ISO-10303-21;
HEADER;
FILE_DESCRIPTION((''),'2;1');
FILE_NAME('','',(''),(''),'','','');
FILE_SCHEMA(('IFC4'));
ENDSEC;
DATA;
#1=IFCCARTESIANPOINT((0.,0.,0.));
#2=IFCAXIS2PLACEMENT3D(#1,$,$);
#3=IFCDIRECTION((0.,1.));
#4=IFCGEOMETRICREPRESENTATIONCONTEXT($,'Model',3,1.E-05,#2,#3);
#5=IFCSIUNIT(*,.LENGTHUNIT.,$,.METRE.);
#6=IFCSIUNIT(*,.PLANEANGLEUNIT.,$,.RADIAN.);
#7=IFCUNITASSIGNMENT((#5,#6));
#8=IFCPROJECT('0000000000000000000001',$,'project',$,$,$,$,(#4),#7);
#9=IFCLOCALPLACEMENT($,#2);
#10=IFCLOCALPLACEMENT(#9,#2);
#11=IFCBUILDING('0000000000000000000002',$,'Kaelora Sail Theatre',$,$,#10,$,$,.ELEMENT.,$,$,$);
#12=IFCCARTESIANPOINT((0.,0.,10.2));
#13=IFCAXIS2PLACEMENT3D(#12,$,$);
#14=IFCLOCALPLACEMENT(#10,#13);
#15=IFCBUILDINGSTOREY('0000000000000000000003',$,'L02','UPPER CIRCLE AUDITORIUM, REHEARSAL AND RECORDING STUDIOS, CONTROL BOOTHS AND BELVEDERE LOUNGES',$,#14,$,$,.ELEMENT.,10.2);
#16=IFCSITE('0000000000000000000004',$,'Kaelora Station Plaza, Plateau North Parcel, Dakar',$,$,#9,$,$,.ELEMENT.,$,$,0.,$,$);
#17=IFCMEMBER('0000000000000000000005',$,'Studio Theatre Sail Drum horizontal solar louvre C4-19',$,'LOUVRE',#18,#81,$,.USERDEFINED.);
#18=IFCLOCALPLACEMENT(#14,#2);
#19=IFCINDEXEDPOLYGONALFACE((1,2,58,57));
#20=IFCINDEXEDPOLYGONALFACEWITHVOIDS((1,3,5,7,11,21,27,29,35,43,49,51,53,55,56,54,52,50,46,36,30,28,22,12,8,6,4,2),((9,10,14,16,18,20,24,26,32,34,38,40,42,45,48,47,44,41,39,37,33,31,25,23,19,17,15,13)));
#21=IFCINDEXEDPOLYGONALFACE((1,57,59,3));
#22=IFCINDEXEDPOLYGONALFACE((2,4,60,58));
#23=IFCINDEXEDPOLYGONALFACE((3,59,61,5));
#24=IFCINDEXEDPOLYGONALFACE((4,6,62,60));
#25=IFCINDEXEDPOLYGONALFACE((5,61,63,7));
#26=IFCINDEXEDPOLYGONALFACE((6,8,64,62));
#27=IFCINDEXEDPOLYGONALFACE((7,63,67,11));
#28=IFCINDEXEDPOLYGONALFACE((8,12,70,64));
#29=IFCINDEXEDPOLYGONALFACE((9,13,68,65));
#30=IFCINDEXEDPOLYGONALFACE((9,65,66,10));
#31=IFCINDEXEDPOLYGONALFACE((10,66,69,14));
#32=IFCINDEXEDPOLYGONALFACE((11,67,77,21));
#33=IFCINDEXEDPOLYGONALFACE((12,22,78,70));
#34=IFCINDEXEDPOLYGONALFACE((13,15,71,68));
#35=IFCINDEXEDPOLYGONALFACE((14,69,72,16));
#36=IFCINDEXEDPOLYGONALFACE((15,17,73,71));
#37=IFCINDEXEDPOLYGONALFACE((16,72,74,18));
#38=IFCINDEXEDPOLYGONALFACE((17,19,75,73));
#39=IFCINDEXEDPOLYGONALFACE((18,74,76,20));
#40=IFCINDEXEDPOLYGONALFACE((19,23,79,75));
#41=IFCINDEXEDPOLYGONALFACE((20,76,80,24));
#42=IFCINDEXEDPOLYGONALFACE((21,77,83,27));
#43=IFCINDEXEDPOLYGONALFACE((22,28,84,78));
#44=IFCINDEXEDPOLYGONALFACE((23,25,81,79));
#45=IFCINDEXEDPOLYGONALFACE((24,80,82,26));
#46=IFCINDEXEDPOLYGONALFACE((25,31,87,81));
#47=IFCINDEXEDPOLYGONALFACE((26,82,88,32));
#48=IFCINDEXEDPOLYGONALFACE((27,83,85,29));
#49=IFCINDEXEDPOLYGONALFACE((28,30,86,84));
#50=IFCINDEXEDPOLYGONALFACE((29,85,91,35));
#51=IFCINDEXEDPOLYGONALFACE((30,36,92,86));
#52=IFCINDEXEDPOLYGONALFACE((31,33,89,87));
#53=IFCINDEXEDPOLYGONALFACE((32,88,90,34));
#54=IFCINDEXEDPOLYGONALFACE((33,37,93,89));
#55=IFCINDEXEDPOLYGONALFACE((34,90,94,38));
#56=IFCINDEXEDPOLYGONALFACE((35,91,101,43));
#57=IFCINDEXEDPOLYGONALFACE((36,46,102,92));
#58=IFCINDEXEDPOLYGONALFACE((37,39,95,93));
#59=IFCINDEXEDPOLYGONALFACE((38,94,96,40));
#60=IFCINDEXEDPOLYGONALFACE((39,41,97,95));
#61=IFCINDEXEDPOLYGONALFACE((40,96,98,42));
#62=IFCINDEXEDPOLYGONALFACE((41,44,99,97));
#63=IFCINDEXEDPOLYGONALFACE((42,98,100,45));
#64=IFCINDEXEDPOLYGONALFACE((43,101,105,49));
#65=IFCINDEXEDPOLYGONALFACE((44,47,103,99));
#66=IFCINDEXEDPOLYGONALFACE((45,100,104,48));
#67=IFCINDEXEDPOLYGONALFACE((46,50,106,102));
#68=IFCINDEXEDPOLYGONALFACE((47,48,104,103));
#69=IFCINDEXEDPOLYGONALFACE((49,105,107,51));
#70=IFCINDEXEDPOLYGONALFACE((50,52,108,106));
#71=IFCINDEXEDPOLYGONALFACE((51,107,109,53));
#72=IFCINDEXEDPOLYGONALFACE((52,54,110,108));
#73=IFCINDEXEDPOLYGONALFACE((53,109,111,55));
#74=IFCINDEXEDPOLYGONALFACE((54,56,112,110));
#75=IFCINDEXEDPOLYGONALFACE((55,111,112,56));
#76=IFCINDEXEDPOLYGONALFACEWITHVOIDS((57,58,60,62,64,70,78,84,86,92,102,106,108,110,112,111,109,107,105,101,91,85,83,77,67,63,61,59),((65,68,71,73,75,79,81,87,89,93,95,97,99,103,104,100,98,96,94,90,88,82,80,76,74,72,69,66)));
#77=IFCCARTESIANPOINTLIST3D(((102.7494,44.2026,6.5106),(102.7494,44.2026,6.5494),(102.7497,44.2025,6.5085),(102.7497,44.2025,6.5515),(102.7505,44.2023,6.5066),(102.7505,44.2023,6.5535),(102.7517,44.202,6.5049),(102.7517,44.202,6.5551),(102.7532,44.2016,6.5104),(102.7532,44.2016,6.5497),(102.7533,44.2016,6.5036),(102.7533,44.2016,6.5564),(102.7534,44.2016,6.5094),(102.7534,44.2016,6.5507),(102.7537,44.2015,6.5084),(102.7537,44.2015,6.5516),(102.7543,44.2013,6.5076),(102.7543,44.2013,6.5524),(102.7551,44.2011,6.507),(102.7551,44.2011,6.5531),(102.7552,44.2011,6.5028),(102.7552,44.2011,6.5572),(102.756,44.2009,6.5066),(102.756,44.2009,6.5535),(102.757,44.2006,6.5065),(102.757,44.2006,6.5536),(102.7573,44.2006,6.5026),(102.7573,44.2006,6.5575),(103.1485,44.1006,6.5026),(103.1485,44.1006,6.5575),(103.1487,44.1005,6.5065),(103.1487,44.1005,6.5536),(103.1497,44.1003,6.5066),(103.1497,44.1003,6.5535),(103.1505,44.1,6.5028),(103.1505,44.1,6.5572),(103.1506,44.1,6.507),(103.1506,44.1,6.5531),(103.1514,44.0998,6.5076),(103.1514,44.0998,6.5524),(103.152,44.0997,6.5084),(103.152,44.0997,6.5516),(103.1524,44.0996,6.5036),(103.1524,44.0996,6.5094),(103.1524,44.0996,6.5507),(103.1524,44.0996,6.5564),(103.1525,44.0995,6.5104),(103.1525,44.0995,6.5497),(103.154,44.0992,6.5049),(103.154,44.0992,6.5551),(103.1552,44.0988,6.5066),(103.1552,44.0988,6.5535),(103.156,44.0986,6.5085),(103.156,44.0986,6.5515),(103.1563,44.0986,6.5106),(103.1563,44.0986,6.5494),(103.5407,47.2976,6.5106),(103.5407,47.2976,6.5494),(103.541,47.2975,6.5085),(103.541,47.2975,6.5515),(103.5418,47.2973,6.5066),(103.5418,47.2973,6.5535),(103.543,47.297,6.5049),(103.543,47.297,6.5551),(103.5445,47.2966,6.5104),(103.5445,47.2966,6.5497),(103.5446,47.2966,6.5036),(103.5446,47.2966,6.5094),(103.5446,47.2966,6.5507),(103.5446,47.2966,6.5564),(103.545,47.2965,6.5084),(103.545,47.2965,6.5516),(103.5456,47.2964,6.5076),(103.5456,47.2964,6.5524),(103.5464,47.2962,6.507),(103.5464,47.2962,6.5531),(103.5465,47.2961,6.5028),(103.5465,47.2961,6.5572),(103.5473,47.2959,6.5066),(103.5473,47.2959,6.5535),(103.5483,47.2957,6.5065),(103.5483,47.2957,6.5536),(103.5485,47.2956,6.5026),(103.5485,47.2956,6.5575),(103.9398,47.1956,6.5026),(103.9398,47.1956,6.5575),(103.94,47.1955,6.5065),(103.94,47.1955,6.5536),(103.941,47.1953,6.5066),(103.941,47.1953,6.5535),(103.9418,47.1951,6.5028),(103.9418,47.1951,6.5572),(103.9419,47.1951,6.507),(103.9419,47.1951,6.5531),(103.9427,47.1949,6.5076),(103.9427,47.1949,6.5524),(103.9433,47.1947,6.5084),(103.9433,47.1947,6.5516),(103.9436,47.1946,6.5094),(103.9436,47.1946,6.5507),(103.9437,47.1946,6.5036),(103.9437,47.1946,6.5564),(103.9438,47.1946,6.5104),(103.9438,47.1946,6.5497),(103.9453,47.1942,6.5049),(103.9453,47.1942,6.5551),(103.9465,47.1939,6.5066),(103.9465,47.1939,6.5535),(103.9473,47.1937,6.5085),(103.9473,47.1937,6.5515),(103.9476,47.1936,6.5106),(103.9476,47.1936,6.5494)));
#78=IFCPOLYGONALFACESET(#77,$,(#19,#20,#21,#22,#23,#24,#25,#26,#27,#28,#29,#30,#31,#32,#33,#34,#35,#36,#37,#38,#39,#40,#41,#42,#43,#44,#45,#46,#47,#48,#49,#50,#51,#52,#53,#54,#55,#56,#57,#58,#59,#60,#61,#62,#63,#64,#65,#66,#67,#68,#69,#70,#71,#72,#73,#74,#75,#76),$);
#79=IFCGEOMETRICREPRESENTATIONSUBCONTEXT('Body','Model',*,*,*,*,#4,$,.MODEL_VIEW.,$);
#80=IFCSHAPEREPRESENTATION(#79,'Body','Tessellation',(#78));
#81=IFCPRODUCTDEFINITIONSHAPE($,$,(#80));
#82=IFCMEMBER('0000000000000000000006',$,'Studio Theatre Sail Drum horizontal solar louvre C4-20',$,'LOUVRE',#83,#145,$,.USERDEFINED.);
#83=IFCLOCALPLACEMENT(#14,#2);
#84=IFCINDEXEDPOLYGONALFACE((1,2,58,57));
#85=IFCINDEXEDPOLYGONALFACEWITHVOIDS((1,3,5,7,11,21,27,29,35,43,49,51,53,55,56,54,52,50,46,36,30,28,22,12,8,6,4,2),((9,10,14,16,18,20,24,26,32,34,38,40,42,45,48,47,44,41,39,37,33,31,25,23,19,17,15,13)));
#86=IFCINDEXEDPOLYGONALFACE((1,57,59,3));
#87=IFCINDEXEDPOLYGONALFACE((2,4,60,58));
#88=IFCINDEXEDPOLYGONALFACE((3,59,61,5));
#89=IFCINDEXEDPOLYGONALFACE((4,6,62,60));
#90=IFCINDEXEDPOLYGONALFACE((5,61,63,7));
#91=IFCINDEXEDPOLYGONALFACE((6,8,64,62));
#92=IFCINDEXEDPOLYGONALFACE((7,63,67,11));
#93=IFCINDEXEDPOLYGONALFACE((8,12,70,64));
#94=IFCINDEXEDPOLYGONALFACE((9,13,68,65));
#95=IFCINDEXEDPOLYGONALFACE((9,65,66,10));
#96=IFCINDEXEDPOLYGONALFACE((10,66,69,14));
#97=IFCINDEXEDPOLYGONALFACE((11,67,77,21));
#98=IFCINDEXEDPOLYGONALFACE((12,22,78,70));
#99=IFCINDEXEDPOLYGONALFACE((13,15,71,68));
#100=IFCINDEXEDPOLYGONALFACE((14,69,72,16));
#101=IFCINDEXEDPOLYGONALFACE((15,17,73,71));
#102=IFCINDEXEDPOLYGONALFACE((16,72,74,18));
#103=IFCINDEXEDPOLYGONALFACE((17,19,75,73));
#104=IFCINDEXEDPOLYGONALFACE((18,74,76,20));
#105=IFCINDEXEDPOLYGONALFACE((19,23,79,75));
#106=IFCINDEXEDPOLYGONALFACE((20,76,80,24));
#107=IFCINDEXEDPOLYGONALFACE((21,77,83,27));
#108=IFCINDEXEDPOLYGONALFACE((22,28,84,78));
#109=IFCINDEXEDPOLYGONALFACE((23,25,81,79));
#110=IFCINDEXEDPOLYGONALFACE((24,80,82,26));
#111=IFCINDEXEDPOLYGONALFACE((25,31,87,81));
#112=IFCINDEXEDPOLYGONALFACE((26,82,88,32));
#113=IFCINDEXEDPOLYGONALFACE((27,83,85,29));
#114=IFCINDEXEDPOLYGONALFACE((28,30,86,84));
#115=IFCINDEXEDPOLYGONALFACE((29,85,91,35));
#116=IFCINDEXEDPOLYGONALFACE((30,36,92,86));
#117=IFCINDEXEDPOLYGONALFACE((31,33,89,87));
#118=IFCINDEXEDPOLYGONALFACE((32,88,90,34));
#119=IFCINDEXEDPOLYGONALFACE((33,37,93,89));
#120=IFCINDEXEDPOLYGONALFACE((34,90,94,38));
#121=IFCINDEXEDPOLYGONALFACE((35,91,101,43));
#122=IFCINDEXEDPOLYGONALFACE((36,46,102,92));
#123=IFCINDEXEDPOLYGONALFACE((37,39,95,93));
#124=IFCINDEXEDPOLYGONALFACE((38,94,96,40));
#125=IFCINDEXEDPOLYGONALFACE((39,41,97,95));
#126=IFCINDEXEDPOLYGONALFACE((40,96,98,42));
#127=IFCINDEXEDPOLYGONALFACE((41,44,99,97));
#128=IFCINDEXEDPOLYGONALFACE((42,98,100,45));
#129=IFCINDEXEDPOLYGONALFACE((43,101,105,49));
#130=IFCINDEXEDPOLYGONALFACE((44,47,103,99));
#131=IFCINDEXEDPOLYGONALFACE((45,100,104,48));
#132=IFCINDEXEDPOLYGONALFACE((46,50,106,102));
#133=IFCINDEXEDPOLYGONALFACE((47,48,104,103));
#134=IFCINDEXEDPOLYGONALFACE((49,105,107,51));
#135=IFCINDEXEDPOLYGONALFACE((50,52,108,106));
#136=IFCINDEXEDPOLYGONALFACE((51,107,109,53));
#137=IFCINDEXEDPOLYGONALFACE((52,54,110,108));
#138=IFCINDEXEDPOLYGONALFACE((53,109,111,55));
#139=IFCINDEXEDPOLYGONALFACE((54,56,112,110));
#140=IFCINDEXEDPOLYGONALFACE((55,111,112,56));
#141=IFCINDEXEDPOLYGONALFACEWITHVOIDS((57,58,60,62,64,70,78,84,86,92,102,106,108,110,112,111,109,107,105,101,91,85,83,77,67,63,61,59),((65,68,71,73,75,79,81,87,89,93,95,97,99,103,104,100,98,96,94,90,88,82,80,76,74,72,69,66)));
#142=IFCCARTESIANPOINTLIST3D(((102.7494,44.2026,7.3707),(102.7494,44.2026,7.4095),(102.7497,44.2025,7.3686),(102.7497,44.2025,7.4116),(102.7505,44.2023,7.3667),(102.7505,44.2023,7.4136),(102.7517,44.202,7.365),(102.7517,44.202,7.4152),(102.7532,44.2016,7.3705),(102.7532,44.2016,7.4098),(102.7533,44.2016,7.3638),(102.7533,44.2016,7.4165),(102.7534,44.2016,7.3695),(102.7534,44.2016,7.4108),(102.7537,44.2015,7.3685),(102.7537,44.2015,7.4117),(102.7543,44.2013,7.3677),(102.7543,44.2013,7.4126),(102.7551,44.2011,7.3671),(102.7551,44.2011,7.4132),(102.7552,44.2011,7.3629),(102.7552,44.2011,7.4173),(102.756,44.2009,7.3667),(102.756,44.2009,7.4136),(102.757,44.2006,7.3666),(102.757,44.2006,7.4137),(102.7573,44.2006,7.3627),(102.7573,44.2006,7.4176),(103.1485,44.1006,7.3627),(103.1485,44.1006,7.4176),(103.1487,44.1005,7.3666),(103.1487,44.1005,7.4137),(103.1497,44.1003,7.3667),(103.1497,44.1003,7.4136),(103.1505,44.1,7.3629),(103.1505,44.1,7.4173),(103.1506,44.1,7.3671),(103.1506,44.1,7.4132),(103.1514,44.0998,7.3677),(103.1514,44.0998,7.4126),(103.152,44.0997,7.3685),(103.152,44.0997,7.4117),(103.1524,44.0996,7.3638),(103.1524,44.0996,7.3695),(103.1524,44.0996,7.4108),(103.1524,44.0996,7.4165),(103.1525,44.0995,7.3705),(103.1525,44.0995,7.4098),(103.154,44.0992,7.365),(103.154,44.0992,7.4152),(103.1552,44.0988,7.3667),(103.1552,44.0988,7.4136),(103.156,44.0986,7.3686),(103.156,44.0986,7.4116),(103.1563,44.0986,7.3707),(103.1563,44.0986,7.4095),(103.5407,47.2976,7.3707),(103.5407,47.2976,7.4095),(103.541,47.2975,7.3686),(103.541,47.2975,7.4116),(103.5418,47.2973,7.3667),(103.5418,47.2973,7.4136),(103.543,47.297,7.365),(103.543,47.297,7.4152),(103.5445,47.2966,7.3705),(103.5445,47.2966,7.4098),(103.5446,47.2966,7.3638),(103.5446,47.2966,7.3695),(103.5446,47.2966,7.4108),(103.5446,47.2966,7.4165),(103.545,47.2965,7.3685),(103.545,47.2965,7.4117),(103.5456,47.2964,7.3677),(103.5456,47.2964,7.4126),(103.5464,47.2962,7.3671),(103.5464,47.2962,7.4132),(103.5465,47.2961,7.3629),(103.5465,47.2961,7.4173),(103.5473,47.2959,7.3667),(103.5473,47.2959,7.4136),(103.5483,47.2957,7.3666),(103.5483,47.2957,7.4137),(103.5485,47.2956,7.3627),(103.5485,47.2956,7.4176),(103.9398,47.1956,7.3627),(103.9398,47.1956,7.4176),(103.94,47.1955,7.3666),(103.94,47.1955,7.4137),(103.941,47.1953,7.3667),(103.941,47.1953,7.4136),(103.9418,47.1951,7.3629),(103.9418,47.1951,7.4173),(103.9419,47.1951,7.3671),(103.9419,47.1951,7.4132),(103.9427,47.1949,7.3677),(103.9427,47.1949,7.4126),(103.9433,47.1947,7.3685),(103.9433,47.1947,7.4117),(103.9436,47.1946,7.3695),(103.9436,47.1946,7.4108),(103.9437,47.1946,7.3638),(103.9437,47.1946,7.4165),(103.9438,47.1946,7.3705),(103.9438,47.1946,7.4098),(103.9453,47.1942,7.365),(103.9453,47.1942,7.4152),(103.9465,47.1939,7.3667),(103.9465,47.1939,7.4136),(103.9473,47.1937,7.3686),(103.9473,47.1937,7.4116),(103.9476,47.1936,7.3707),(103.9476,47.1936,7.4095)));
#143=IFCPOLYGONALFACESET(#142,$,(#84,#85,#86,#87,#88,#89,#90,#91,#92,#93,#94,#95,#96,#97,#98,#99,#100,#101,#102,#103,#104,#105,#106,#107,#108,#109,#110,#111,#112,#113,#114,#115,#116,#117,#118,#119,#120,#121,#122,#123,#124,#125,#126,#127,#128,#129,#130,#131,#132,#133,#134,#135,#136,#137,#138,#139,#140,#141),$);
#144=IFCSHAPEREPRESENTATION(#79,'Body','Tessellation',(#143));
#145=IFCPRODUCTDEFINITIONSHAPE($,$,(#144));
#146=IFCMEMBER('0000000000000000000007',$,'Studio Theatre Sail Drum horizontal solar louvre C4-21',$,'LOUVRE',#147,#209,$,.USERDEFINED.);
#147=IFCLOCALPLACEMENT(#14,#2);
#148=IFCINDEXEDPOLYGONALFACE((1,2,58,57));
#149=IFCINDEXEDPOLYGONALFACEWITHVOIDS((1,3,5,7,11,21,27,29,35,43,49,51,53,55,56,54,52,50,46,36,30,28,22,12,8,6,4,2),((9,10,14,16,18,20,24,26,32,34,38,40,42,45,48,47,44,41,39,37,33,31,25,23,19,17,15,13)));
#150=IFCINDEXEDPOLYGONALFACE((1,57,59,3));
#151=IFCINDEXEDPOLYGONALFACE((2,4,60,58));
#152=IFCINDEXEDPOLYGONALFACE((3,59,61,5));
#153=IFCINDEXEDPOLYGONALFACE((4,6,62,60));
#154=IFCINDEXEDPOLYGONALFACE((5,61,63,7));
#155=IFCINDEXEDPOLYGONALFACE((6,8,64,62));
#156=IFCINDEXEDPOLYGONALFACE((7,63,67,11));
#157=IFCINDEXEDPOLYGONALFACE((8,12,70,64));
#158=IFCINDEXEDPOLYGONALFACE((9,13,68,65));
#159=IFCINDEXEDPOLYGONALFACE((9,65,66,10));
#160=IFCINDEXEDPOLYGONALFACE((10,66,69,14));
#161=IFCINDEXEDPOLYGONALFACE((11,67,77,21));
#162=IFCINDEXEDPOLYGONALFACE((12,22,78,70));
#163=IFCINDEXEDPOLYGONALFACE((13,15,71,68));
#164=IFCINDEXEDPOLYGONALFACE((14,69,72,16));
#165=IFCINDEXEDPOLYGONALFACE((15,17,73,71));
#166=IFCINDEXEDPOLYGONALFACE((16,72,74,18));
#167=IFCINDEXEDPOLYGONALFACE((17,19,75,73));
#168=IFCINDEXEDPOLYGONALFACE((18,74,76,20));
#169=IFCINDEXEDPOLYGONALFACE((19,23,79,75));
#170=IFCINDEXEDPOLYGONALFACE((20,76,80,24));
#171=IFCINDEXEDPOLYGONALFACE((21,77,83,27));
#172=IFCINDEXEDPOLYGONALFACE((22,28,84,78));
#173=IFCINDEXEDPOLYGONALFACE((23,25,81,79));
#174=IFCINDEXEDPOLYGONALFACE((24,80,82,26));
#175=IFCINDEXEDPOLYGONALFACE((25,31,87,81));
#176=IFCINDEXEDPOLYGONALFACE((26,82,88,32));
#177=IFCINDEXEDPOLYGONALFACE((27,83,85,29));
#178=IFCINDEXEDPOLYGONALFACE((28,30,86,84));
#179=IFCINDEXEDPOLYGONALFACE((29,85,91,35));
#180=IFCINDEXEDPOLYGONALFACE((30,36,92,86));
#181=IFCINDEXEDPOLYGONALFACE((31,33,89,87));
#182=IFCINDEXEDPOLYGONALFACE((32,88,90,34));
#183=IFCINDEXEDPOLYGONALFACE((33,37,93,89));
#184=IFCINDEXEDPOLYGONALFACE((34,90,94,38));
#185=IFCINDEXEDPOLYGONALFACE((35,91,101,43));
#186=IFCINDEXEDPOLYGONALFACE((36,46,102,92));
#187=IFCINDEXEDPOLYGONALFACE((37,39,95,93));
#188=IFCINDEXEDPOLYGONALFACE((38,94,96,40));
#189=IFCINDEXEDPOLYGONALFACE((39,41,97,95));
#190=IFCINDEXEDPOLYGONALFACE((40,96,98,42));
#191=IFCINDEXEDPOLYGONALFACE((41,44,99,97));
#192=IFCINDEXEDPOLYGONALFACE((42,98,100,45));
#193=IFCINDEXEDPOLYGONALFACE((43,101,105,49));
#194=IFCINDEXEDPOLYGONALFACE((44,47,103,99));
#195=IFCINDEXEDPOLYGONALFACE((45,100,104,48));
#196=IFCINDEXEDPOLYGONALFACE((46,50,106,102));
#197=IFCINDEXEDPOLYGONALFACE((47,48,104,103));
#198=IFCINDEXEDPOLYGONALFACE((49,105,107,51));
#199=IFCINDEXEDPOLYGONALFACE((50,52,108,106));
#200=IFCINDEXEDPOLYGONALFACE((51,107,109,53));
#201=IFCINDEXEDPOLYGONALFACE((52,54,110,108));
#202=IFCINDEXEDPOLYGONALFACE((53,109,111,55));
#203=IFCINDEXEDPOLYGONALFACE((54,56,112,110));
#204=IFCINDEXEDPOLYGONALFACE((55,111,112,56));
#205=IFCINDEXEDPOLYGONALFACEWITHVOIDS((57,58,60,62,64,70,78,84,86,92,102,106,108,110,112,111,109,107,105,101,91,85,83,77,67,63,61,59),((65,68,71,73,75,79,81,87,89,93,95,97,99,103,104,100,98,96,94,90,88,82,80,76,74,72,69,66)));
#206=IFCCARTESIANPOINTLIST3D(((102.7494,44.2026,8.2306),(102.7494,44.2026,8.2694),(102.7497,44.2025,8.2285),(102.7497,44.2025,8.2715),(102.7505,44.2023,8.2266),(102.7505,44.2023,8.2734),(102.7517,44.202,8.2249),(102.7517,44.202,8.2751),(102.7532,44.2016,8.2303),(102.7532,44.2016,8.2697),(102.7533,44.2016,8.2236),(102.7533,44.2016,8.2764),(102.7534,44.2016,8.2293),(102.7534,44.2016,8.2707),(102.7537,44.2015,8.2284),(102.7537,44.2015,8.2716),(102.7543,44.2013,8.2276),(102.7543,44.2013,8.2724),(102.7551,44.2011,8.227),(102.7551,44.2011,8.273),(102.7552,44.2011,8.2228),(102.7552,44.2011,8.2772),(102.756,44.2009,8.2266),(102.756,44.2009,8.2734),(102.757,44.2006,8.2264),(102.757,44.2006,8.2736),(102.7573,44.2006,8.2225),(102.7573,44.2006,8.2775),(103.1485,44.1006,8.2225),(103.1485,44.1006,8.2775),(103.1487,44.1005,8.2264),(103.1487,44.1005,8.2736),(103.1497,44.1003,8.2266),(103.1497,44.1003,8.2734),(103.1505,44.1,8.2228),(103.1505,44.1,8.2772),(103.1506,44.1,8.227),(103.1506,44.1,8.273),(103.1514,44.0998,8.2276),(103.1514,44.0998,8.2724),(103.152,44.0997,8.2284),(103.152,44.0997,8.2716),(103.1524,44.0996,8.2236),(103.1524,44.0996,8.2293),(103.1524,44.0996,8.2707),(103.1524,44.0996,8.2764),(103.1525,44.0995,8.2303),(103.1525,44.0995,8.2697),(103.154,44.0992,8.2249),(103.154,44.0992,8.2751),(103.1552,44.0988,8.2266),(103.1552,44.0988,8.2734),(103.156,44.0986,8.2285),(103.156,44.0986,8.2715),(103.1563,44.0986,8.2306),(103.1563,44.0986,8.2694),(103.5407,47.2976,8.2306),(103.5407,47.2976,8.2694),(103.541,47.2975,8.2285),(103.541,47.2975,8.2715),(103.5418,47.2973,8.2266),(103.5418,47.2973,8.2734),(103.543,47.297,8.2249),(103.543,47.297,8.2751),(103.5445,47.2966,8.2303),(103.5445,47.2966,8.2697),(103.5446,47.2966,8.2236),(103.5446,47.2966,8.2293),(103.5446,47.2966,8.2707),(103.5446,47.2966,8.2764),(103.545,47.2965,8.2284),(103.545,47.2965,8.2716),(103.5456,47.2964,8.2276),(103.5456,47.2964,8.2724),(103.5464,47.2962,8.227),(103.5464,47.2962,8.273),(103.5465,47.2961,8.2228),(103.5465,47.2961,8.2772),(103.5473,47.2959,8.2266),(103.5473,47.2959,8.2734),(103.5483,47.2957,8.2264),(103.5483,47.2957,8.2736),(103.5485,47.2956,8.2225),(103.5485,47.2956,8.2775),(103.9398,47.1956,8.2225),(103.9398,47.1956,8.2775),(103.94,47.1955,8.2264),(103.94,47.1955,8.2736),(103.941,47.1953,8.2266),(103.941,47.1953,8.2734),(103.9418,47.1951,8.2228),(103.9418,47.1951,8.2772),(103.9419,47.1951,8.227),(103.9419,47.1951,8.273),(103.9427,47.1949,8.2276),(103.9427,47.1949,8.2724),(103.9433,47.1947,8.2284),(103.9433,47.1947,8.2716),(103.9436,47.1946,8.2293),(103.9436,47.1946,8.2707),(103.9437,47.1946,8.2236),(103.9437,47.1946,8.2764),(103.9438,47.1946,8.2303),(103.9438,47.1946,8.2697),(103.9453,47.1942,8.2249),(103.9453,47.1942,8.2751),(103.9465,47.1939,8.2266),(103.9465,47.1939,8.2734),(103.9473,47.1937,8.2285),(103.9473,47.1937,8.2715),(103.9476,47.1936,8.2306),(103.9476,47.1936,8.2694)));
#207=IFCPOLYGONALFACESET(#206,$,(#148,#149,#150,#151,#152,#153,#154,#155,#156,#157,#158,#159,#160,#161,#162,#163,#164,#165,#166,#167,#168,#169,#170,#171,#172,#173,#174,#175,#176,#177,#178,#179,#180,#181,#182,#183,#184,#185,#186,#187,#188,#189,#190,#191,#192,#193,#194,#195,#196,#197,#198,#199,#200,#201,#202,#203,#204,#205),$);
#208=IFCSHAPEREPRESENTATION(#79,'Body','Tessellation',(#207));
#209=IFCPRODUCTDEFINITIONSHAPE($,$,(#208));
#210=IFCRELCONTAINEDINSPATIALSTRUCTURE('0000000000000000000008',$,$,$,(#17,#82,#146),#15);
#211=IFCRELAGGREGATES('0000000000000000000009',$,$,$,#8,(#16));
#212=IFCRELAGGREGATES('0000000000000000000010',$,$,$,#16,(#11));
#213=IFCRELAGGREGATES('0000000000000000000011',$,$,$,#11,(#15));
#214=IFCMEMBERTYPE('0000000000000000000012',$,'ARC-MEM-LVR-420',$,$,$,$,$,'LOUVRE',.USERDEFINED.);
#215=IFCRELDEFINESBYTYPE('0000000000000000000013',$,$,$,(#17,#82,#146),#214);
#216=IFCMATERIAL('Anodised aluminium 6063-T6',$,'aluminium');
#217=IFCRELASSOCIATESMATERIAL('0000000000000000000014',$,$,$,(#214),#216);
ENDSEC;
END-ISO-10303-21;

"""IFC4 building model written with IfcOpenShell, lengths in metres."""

from ifc_helpers import new_model, si_unit, direction, frame, origin, origin_2d, place, context, subcontext, project, spatial, hollow_rectangle, extrude, material, material_profile, profile_set, type_object, element, save


model = new_model("IFC4")

# Units and contexts
model_context = context("Model", 3, precision=1e-05, world=origin(), true_north=direction((0.0, 1.0)))
body_context = subcontext(model_context, "Body", "Model", "MODEL_VIEW")
ifc_project = project(units=[si_unit("LENGTHUNIT", "METRE"), si_unit("PLANEANGLEUNIT", "RADIAN")], contexts=[model_context])

# Site, building, storey
site_placement = place(None, origin())
site = spatial("IfcSite", under=ifc_project, at=site_placement, Name="Kaelora Station Plaza, Plateau North Parcel, Dakar", CompositionType="ELEMENT", RefElevation=0.0)
building_placement = place(site_placement, origin())
building = spatial("IfcBuilding", under=site, at=building_placement, Name="Kaelora Sail Theatre", CompositionType="ELEMENT")
storey_placement = place(building_placement, frame((0.0, 0.0, 10.2)))
storey = spatial("IfcBuildingStorey", under=building, at=storey_placement, Name="L02", Description="UPPER CIRCLE AUDITORIUM, REHEARSAL AND RECORDING STUDIOS, CONTROL BOOTHS AND BELVEDERE LOUNGES", CompositionType="ELEMENT", Elevation=10.2)

# Members
ifc_material_1 = material(Name="Anodised aluminium 6063-T6", Category="aluminium")
ifc_material_profile_1 = material_profile(ifc_material_1, hollow_rectangle(XDim=0.4199, YDim=0.0549, WallThickness=0.0039, InnerFilletRadius=0.0039, OuterFilletRadius=0.0081, at=origin_2d()), Name="LOUVRE 420x55x4")
ifc_profile_set_1 = profile_set([ifc_material_profile_1], Name="Anodised aluminium 6063-T6")
member_type = type_object("IfcMemberType", Name="ARC-MEM-LVR-420", ElementType="LOUVRE", PredefinedType="USERDEFINED", material=ifc_profile_set_1)
for number, where, z_axis, x_axis, name in (
    (1, (103.7441, 47.2456, 6.53), (-0.247693, -0.968839, 0.0), (0.968839, -0.247693, 0.0), "Studio Theatre Sail Drum horizontal solar louvre C4-19"),
    (2, (103.7441, 47.2456, 7.3901), (-0.247693, -0.968839, 0.0), (0.968839, -0.247693, 0.0), "Studio Theatre Sail Drum horizontal solar louvre C4-20"),
    (3, (103.7441, 47.2456, 8.25), (-0.247693, -0.968839, 0.0), (0.968839, -0.247693, 0.0), "Studio Theatre Sail Drum horizontal solar louvre C4-21"),
):
    element("IfcMember", number, at=place(storey_placement, frame(where, z_axis=z_axis, x_axis=x_axis)), inside=storey, type_object=member_type, Name=name, ObjectType="LOUVRE", PredefinedType="USERDEFINED", context=body_context, shape_type="SweptSolid", body=[
        extrude(hollow_rectangle(XDim=0.4199, YDim=0.0549, WallThickness=0.0039, InnerFilletRadius=0.0039, OuterFilletRadius=0.0081, at=origin_2d()), origin(), (0.0, 0.0, 1.0), 3.1946),
    ])

save(model, "model.ifc")
